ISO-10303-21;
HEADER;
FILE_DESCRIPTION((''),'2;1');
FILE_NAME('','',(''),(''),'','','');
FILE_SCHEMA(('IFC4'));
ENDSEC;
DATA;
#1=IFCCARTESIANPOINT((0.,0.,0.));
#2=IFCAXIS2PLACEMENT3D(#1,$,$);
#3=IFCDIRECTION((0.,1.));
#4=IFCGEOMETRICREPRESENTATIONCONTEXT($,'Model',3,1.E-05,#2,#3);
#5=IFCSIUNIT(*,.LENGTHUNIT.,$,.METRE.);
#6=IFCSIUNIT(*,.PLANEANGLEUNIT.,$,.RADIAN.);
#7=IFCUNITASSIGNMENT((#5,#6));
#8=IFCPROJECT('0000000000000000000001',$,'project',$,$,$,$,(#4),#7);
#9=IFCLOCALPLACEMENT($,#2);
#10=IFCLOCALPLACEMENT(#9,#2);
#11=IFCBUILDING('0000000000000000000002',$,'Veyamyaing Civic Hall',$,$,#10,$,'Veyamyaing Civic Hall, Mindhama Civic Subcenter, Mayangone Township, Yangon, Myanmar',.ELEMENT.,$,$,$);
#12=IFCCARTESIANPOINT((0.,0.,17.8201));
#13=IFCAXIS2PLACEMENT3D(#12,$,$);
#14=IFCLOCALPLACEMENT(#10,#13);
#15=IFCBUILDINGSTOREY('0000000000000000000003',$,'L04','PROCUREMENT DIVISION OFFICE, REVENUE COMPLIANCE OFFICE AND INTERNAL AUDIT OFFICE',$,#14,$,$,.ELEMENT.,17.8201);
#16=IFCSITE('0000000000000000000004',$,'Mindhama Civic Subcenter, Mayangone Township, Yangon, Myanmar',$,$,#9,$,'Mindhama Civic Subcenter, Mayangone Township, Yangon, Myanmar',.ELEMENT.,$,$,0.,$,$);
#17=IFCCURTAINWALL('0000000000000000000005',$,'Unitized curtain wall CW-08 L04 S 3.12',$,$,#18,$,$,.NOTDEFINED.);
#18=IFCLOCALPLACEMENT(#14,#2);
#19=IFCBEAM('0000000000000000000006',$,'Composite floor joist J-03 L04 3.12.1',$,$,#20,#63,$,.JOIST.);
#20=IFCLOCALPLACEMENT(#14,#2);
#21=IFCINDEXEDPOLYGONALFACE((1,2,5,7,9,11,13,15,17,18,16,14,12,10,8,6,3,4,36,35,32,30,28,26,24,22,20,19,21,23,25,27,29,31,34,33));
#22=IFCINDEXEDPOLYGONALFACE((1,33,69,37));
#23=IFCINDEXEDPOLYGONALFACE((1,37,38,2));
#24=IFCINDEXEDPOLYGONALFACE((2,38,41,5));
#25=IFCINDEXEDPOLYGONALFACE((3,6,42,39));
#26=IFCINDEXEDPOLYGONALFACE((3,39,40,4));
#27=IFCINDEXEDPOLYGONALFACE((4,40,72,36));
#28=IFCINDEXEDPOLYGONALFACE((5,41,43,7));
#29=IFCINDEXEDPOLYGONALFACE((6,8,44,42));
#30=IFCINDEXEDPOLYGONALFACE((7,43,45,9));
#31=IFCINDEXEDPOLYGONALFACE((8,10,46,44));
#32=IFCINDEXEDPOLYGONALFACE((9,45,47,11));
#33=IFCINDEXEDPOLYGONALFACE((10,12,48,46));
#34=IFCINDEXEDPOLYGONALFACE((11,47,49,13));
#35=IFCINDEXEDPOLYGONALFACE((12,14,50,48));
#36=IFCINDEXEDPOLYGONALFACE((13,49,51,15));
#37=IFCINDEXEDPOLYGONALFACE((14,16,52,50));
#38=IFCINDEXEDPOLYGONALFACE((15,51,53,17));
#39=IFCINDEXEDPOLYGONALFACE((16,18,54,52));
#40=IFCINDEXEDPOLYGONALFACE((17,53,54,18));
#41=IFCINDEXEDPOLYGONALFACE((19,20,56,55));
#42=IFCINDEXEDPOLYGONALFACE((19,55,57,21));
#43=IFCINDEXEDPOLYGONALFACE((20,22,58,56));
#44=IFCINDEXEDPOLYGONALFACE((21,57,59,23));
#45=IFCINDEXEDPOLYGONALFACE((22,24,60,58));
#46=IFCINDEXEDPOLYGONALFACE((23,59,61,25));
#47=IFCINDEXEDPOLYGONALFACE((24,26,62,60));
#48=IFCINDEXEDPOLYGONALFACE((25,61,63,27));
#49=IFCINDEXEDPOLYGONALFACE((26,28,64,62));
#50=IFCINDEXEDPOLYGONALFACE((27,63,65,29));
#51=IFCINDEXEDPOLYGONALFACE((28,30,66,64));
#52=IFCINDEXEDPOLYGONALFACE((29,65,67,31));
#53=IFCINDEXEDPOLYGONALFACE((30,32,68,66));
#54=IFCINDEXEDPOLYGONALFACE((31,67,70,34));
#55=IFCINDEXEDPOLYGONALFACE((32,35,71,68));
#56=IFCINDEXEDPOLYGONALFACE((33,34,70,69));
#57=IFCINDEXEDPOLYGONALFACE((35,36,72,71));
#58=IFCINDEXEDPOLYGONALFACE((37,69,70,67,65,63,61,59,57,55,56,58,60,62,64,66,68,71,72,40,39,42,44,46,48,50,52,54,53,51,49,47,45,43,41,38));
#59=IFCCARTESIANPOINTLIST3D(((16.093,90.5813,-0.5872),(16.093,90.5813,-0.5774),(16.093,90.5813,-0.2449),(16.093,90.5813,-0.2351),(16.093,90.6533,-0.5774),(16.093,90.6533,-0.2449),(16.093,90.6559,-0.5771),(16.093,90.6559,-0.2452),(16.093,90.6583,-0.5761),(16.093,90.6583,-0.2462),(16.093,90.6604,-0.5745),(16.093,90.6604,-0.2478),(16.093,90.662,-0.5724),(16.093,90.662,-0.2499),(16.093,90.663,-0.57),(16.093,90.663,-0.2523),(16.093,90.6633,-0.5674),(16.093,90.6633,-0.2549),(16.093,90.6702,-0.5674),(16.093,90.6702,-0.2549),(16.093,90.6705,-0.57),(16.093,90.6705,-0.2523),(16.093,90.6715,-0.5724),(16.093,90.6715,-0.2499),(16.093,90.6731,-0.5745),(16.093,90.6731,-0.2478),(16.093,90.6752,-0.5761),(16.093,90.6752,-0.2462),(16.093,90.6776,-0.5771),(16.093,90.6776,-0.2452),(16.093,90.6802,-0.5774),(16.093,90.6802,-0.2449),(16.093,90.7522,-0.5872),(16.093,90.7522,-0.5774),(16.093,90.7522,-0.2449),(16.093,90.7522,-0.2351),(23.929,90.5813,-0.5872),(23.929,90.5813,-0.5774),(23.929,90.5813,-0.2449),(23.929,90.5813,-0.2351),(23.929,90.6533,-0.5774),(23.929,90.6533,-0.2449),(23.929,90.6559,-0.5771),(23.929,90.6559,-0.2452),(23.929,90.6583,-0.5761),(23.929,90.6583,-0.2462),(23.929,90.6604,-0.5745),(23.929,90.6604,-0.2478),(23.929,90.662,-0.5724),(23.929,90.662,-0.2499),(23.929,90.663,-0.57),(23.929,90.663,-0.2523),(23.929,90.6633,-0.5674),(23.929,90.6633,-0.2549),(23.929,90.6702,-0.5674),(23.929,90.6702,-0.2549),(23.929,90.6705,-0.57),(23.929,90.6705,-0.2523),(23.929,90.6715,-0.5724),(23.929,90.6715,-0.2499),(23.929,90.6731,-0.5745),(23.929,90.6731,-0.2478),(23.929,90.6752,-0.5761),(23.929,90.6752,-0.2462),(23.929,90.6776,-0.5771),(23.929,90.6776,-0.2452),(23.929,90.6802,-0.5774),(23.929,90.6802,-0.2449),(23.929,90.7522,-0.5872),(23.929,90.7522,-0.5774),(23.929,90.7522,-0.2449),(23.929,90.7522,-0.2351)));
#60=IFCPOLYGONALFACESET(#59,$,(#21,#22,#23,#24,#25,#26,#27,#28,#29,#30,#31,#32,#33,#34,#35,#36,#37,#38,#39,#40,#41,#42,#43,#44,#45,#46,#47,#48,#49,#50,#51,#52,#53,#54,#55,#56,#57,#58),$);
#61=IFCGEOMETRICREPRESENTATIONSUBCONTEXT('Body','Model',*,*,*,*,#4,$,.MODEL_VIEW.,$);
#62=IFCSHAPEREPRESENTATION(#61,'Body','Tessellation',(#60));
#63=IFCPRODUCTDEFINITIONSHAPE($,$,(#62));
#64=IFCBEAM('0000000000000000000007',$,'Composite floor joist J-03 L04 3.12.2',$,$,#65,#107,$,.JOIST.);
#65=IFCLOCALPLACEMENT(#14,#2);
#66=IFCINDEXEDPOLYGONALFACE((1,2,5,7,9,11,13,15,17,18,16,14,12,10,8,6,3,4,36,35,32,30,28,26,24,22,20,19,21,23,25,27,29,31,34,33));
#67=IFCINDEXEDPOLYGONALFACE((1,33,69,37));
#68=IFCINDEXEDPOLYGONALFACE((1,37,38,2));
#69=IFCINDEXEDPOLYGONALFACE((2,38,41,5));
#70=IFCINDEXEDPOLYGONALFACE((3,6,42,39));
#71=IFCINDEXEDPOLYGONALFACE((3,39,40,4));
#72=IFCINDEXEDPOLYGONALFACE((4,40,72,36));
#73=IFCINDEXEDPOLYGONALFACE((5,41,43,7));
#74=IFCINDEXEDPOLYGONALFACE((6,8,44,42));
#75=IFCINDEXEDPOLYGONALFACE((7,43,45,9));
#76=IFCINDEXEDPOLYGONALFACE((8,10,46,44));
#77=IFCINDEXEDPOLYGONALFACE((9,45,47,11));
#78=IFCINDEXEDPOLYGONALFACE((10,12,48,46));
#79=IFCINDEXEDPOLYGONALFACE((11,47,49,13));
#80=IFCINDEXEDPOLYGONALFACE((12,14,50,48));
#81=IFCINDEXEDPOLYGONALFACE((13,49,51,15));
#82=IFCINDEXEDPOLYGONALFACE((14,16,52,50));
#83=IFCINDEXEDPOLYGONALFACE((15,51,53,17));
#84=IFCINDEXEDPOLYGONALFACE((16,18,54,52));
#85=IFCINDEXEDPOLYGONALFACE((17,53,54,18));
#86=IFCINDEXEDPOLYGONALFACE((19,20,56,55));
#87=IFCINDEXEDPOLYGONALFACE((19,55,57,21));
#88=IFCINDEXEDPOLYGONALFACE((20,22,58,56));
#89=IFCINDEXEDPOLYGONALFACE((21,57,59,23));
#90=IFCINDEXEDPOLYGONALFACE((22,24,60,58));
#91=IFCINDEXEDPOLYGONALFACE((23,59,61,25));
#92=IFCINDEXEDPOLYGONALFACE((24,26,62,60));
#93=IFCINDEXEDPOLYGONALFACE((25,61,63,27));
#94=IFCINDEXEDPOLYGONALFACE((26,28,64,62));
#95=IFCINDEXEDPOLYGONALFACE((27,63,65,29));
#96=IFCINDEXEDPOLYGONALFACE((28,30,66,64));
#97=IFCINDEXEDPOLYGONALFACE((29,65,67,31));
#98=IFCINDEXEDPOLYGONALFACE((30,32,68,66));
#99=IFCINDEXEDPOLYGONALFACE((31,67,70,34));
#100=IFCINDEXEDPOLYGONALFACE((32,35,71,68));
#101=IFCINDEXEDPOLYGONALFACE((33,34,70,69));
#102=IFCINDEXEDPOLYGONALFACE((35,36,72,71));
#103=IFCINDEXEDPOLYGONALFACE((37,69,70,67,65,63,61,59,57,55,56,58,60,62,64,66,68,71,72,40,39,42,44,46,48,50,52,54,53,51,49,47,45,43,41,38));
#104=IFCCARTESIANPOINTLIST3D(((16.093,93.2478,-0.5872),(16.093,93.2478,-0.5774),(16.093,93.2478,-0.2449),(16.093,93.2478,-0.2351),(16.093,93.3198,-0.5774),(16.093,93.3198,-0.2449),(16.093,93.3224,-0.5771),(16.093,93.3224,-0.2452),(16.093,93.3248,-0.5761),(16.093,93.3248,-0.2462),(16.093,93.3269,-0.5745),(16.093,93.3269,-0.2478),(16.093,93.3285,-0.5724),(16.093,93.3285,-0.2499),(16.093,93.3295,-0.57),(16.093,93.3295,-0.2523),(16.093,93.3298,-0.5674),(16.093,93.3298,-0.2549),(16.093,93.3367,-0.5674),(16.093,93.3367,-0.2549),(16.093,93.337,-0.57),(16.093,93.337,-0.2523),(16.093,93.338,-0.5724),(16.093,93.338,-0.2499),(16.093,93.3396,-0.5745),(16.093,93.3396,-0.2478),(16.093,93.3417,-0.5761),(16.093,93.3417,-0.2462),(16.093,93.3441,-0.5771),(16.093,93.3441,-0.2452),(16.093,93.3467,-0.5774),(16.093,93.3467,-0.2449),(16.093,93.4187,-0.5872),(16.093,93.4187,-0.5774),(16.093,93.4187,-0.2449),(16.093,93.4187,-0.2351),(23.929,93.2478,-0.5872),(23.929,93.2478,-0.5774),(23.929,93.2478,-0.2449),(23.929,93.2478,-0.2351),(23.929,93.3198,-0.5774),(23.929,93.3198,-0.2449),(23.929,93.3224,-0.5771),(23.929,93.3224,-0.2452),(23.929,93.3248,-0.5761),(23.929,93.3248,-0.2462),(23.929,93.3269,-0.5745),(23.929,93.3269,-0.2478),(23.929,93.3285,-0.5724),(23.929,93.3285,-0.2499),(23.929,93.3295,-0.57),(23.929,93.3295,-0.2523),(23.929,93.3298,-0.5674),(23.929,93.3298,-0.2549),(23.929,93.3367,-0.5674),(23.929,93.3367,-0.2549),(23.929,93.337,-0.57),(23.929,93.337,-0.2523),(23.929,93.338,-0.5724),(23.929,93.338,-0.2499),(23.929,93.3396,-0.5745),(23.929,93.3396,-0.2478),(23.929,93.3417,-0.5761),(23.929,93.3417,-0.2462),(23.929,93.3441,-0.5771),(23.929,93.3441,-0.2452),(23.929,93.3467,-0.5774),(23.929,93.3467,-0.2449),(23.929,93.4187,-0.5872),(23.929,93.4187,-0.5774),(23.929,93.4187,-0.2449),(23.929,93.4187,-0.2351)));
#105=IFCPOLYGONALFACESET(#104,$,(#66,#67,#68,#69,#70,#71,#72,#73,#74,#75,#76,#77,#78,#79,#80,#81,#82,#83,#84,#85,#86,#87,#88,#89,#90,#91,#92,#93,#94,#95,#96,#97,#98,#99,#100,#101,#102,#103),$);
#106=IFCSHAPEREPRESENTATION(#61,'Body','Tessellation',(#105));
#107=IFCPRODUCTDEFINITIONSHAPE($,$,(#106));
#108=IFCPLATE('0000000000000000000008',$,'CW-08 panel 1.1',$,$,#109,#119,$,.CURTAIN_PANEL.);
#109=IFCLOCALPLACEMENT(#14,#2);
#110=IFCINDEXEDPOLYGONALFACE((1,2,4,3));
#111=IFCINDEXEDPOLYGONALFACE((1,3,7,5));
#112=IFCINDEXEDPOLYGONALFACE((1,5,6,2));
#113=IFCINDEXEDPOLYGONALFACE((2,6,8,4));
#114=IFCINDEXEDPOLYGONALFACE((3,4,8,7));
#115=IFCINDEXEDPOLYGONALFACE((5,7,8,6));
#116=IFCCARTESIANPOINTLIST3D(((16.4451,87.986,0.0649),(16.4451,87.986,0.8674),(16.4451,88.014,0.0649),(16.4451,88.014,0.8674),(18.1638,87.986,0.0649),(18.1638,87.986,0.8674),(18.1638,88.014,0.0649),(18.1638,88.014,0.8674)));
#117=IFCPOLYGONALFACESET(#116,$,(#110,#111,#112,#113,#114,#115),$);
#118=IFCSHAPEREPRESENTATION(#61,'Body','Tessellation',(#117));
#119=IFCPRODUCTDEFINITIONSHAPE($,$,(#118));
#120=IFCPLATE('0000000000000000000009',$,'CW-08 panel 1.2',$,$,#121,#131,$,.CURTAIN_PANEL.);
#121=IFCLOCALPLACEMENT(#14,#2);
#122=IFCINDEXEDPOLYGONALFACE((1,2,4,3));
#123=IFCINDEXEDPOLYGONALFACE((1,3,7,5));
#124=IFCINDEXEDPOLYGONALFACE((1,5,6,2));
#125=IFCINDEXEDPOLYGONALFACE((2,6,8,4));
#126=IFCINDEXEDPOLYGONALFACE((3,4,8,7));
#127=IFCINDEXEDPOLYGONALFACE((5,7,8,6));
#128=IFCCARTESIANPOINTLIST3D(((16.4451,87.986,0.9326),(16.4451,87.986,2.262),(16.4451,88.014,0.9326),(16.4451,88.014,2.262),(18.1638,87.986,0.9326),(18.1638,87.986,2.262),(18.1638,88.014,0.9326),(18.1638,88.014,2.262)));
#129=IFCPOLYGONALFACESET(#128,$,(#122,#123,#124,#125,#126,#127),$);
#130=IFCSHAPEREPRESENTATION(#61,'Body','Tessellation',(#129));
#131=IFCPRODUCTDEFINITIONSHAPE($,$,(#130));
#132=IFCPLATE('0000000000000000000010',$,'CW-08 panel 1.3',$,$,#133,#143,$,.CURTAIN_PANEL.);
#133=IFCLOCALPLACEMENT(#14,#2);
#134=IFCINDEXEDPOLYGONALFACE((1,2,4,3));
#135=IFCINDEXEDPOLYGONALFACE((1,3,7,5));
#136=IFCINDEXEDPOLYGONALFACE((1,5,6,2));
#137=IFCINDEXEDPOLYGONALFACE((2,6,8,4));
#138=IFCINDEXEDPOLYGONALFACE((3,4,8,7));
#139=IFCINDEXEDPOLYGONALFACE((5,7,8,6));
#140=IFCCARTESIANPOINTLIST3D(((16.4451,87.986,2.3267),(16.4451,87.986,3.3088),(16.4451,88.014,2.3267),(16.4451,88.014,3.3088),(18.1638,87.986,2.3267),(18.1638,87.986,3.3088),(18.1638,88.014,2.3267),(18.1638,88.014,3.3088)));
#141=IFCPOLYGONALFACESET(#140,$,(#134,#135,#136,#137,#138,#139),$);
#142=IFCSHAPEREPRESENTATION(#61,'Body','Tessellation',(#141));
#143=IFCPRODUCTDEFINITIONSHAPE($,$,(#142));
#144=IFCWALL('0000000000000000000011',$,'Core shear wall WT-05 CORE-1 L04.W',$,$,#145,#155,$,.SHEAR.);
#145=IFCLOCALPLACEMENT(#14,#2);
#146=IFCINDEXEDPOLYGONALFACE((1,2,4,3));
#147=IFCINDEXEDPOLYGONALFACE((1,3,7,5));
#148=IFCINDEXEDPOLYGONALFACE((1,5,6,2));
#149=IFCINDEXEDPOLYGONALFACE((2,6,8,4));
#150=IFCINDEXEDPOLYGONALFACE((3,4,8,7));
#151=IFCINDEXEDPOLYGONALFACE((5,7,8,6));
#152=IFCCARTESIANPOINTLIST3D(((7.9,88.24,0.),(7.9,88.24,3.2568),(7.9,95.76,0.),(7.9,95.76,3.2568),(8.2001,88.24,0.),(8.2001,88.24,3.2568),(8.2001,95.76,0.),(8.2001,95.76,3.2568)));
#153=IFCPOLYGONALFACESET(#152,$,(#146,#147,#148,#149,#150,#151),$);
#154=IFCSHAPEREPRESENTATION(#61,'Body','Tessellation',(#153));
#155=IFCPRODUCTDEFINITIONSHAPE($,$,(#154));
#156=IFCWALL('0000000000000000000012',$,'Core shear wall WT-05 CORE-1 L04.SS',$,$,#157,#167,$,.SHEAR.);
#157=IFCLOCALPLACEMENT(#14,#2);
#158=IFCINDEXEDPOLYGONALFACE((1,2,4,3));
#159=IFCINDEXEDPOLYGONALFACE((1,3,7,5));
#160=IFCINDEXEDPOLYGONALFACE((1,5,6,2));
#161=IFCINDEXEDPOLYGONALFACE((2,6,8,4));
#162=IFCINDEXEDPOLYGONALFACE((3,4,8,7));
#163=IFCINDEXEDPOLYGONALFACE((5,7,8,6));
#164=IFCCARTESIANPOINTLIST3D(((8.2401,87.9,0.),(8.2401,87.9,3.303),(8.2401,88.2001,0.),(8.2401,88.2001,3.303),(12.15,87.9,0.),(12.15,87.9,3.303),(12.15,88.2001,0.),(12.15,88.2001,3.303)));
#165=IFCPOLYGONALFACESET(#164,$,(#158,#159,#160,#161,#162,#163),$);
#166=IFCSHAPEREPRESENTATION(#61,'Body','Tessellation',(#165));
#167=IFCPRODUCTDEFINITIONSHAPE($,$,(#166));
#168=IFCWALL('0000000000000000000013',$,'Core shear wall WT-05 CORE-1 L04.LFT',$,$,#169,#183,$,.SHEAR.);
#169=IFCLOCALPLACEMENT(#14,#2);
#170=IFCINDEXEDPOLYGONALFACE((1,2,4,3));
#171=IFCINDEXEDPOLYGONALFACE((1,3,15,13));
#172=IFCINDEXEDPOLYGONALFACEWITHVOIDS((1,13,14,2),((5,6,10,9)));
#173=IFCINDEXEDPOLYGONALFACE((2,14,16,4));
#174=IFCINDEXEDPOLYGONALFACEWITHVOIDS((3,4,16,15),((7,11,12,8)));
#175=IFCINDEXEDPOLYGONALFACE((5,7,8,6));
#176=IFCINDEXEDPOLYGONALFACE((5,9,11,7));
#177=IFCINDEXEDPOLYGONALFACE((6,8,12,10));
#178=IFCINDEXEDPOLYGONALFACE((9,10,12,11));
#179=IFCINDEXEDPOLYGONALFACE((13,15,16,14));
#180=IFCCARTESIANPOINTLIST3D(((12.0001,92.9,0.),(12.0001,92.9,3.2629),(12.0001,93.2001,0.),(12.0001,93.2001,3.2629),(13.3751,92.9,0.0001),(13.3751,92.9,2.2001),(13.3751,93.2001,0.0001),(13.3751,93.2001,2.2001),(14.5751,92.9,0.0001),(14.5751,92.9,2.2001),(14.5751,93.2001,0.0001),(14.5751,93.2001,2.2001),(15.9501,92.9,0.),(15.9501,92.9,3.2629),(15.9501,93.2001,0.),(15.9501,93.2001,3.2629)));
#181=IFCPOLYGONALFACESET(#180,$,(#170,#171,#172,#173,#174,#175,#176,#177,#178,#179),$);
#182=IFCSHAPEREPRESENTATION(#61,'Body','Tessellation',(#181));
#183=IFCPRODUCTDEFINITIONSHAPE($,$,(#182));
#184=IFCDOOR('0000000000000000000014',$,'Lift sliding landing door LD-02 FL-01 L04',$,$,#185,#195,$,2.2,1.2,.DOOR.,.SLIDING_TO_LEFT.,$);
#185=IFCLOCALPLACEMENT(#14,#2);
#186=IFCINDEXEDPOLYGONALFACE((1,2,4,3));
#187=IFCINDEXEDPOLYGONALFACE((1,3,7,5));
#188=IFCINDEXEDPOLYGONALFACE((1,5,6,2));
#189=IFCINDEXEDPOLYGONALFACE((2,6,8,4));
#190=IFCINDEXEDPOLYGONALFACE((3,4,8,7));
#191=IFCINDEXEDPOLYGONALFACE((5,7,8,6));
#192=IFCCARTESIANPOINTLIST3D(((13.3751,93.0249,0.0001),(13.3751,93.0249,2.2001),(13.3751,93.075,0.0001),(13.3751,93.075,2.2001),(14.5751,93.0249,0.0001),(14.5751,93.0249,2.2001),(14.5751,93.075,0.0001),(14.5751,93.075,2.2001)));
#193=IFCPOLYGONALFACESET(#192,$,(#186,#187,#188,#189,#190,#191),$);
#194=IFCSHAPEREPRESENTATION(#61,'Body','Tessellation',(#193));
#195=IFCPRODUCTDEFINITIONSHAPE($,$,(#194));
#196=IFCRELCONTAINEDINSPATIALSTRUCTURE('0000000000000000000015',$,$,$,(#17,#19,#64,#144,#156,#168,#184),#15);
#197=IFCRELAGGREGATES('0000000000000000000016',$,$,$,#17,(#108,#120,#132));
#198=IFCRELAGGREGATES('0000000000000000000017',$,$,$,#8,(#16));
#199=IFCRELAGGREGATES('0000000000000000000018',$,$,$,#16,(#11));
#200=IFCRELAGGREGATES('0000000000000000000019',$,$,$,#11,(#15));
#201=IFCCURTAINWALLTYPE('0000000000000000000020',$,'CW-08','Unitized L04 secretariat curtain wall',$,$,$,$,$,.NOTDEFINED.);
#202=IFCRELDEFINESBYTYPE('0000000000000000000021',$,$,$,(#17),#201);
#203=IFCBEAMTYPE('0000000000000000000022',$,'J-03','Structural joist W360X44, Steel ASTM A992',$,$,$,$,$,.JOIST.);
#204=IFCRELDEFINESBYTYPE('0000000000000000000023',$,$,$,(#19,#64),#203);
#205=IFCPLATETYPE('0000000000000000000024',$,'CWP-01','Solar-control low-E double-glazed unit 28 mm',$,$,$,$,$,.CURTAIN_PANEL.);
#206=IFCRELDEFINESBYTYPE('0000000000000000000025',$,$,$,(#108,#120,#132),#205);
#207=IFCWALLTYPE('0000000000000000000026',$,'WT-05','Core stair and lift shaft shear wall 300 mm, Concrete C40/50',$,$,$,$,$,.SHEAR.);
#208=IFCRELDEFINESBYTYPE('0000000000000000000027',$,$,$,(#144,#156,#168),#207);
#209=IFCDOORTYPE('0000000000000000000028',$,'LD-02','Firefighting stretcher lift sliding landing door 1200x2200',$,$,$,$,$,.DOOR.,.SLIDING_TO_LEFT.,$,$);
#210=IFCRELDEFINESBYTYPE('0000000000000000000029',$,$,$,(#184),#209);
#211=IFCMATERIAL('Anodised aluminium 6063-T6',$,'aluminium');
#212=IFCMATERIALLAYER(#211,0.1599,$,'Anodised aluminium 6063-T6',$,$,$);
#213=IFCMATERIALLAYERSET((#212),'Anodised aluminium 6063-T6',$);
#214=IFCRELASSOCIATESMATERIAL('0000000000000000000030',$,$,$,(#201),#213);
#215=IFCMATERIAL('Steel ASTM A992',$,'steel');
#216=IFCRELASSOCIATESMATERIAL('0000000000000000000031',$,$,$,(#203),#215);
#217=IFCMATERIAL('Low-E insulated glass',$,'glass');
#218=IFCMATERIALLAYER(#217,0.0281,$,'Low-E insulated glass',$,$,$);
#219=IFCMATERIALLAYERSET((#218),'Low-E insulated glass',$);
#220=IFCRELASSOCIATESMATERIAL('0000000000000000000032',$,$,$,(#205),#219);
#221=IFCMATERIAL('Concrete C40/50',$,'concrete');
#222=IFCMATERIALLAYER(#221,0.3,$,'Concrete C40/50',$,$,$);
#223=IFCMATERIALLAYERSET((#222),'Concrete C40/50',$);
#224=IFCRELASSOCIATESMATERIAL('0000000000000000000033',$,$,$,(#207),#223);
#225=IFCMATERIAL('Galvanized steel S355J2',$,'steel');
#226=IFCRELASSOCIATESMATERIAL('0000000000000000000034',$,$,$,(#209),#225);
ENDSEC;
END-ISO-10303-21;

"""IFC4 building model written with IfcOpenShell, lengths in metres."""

from ifc_helpers import new_model, si_unit, direction, frame, frame_2d, origin, origin_2d, place, context, subcontext, project, spatial, rectangle, i_section, extrude, material, layer, layer_set, material_profile, profile_set, type_object, element, fill, aggregate, save


model = new_model("IFC4")

# Units and contexts
model_context = context("Model", 3, precision=1e-05, world=origin(), true_north=direction((0.0, 1.0)))
body_context = subcontext(model_context, "Body", "Model", "MODEL_VIEW")
ifc_project = project(units=[si_unit("LENGTHUNIT", "METRE"), si_unit("PLANEANGLEUNIT", "RADIAN")], contexts=[model_context])

# Site, building, storey
site_placement = place(None, origin())
site = spatial("IfcSite", under=ifc_project, at=site_placement, Name="Mindhama Civic Subcenter, Mayangone Township, Yangon, Myanmar", LongName="Mindhama Civic Subcenter, Mayangone Township, Yangon, Myanmar", CompositionType="ELEMENT", RefElevation=0.0)
building_placement = place(site_placement, origin())
building = spatial("IfcBuilding", under=site, at=building_placement, Name="Veyamyaing Civic Hall", LongName="Veyamyaing Civic Hall, Mindhama Civic Subcenter, Mayangone Township, Yangon, Myanmar", CompositionType="ELEMENT")
storey_placement = place(building_placement, frame((0.0, 0.0, 17.8201)))
storey = spatial("IfcBuildingStorey", under=building, at=storey_placement, Name="L04", Description="PROCUREMENT DIVISION OFFICE, REVENUE COMPLIANCE OFFICE AND INTERNAL AUDIT OFFICE", CompositionType="ELEMENT", Elevation=17.8201)

# Shared definitions
ifc_material_1 = material(Name="Steel ASTM A992", Category="steel")

# Curtain wall
ifc_material_2 = material(Name="Anodised aluminium 6063-T6", Category="aluminium")
ifc_layer_1 = layer(ifc_material_2, 0.1599, Name="Anodised aluminium 6063-T6")
ifc_layer_set_1 = layer_set([ifc_layer_1], Name="Anodised aluminium 6063-T6")
curtain_wall_type = type_object("IfcCurtainWallType", Name="CW-08", Description="Unitized L04 secretariat curtain wall", PredefinedType="NOTDEFINED", material=ifc_layer_set_1)
curtain_wall_placement = place(storey_placement, origin())
curtain_wall = element("IfcCurtainWall", 1, at=curtain_wall_placement, inside=storey, type_object=curtain_wall_type, Name="Unitized curtain wall CW-08 L04 S 3.12", PredefinedType="NOTDEFINED")

# Beams
ifc_material_profile_1 = material_profile(ifc_material_1, i_section(OverallWidth=0.1709, OverallDepth=0.3521, WebThickness=0.0068, FlangeThickness=0.0098, FilletRadius=0.01, at=origin_2d()), Name="W360X44")
ifc_profile_set_1 = profile_set([ifc_material_profile_1], Name="Steel ASTM A992")
beam_type_1 = type_object("IfcBeamType", Name="J-03", Description="Structural joist W360X44, Steel ASTM A992", PredefinedType="JOIST", material=ifc_profile_set_1)
for number, where, z_axis, x_axis, name in (
    (2, (16.093, 90.6667, -0.4111), (1.0, 0.0, 0.0), (0.0, 1.0, 0.0), "Composite floor joist J-03 L04 3.12.1"),
    (3, (16.093, 93.3333, -0.4111), (1.0, 0.0, 0.0), (0.0, 1.0, 0.0), "Composite floor joist J-03 L04 3.12.2"),
):
    element("IfcBeam", number, at=place(storey_placement, frame(where, z_axis=z_axis, x_axis=x_axis)), inside=storey, type_object=beam_type_1, Name=name, PredefinedType="JOIST", context=body_context, shape_type="SweptSolid", body=[
        extrude(i_section(OverallWidth=0.1709, OverallDepth=0.3521, WebThickness=0.0068, FlangeThickness=0.0098, FilletRadius=0.01, at=origin_2d()), origin(), (0.0, 0.0, 1.0), 7.8359),
    ])

# Plates
ifc_material_3 = material(Name="Low-E insulated glass", Category="glass")
ifc_layer_2 = layer(ifc_material_3, 0.0281, Name="Low-E insulated glass")
ifc_layer_set_2 = layer_set([ifc_layer_2], Name="Low-E insulated glass")
plate_type = type_object("IfcPlateType", Name="CWP-01", Description="Solar-control low-E double-glazed unit 28 mm", PredefinedType="CURTAIN_PANEL", material=ifc_layer_set_2)
plate_1_placement = place(storey_placement, frame((17.3044, 88.0, 0.0649), z_axis=(0.0, 0.0, 1.0), x_axis=(1.0, 0.0, 0.0)))
plate_1 = element("IfcPlate", 4, at=plate_1_placement, type_object=plate_type, Name="CW-08 panel 1.1", PredefinedType="CURTAIN_PANEL", context=body_context, shape_type="SweptSolid", body=[
    extrude(rectangle(XDim=1.7188, YDim=0.0281, at=origin_2d()), origin(), (0.0, 0.0, 1.0), 0.8025),
])
plate_2_placement = place(storey_placement, frame((17.3044, 88.0, 0.9326), z_axis=(0.0, 0.0, 1.0), x_axis=(1.0, 0.0, 0.0)))
plate_2 = element("IfcPlate", 5, at=plate_2_placement, type_object=plate_type, Name="CW-08 panel 1.2", PredefinedType="CURTAIN_PANEL", context=body_context, shape_type="SweptSolid", body=[
    extrude(rectangle(XDim=1.7188, YDim=0.0281, at=origin_2d()), origin(), (0.0, 0.0, 1.0), 1.3293),
])
plate_3_placement = place(storey_placement, frame((17.3044, 88.0, 2.3267), z_axis=(0.0, 0.0, 1.0), x_axis=(1.0, 0.0, 0.0)))
plate_3 = element("IfcPlate", 6, at=plate_3_placement, type_object=plate_type, Name="CW-08 panel 1.3", PredefinedType="CURTAIN_PANEL", context=body_context, shape_type="SweptSolid", body=[
    extrude(rectangle(XDim=1.7188, YDim=0.0281, at=origin_2d()), origin(), (0.0, 0.0, 1.0), 0.9822),
])
aggregate(curtain_wall, [plate_1, plate_2, plate_3])

# Wall
ifc_material_4 = material(Name="Concrete C40/50", Category="concrete")
ifc_layer_3 = layer(ifc_material_4, 0.3, Name="Concrete C40/50")
ifc_layer_set_3 = layer_set([ifc_layer_3], Name="Concrete C40/50")
wall_type_1 = type_object("IfcWallType", Name="WT-05", Description="Core stair and lift shaft shear wall 300 mm, Concrete C40/50", PredefinedType="SHEAR", material=ifc_layer_set_3)
wall_1_placement = place(storey_placement, frame((8.05, 88.24, 0.0), z_axis=(0.0, 0.0, 1.0), x_axis=(0.0, 1.0, 0.0)))
element("IfcWall", 7, at=wall_1_placement, inside=storey, type_object=wall_type_1, Name="Core shear wall WT-05 CORE-1 L04.W", PredefinedType="SHEAR", context=body_context, shape_type="SweptSolid", body=[
    extrude(rectangle(XDim=7.52, YDim=0.3, at=frame_2d((3.76, 0.0))), origin(), (0.0, 0.0, 1.0), 3.2568),
])

# Shared definitions
ifc_material_5 = material(Name="Galvanized steel S355J2", Category="steel")

# Wall
wall_2_placement = place(storey_placement, frame((8.24, 88.05, 0.0), z_axis=(0.0, 0.0, 1.0), x_axis=(1.0, 0.0, 0.0)))
element("IfcWall", 8, at=wall_2_placement, inside=storey, type_object=wall_type_1, Name="Core shear wall WT-05 CORE-1 L04.SS", PredefinedType="SHEAR", context=body_context, shape_type="SweptSolid", body=[
    extrude(rectangle(XDim=3.9099, YDim=0.3, at=frame_2d((1.9551, 0.0))), origin(), (0.0, 0.0, 1.0), 3.303),
])

# Wall, opening, door
wall_3_placement = place(storey_placement, frame((12.0, 93.05, 0.0), z_axis=(0.0, 0.0, 1.0), x_axis=(1.0, 0.0, 0.0)))
wall_3 = element("IfcWall", 9, at=wall_3_placement, inside=storey, type_object=wall_type_1, Name="Core shear wall WT-05 CORE-1 L04.LFT", PredefinedType="SHEAR", context=body_context, shape_type="SweptSolid", body=[
    extrude(rectangle(XDim=3.95, YDim=0.3, at=frame_2d((1.9751, 0.0))), origin(), (0.0, 0.0, 1.0), 3.2629),
])
opening_1_placement = place(wall_3_placement, frame((1.375, 0.0, 0.0)))
opening_1 = element("IfcOpeningElement", 10, at=opening_1_placement, cuts=wall_3, PredefinedType="OPENING", context=body_context, shape_type="SweptSolid", body=[
    extrude(rectangle(XDim=1.2, YDim=2.2, at=frame_2d((0.6001, 1.1001))), frame((0.0, 0.1599, 0.0), z_axis=(0.0, -1.0, 0.0), x_axis=(1.0, 0.0, 0.0)), (0.0, 0.0, 1.0), 0.3201),
])
door_type_1 = type_object("IfcDoorType", Name="LD-02", Description="Firefighting stretcher lift sliding landing door 1200x2200", OperationType="SLIDING_TO_LEFT", PredefinedType="DOOR", material=ifc_material_5)
door_1_placement = place(opening_1_placement, origin())
door_1 = element("IfcDoor", 11, at=door_1_placement, inside=storey, type_object=door_type_1, Name="Lift sliding landing door LD-02 FL-01 L04", OperationType="SLIDING_TO_LEFT", OverallHeight=2.2, OverallWidth=1.2, PredefinedType="DOOR", context=body_context, shape_type="SweptSolid", body=[
    extrude(rectangle(XDim=1.2, YDim=2.2, at=frame_2d((0.6001, 1.1001))), frame((0.0, 0.0249, 0.0), z_axis=(0.0, -1.0, 0.0), x_axis=(1.0, 0.0, 0.0)), (0.0, 0.0, 1.0), 0.05),
])
fill(opening_1, door_1)

save(model, "model.ifc")
